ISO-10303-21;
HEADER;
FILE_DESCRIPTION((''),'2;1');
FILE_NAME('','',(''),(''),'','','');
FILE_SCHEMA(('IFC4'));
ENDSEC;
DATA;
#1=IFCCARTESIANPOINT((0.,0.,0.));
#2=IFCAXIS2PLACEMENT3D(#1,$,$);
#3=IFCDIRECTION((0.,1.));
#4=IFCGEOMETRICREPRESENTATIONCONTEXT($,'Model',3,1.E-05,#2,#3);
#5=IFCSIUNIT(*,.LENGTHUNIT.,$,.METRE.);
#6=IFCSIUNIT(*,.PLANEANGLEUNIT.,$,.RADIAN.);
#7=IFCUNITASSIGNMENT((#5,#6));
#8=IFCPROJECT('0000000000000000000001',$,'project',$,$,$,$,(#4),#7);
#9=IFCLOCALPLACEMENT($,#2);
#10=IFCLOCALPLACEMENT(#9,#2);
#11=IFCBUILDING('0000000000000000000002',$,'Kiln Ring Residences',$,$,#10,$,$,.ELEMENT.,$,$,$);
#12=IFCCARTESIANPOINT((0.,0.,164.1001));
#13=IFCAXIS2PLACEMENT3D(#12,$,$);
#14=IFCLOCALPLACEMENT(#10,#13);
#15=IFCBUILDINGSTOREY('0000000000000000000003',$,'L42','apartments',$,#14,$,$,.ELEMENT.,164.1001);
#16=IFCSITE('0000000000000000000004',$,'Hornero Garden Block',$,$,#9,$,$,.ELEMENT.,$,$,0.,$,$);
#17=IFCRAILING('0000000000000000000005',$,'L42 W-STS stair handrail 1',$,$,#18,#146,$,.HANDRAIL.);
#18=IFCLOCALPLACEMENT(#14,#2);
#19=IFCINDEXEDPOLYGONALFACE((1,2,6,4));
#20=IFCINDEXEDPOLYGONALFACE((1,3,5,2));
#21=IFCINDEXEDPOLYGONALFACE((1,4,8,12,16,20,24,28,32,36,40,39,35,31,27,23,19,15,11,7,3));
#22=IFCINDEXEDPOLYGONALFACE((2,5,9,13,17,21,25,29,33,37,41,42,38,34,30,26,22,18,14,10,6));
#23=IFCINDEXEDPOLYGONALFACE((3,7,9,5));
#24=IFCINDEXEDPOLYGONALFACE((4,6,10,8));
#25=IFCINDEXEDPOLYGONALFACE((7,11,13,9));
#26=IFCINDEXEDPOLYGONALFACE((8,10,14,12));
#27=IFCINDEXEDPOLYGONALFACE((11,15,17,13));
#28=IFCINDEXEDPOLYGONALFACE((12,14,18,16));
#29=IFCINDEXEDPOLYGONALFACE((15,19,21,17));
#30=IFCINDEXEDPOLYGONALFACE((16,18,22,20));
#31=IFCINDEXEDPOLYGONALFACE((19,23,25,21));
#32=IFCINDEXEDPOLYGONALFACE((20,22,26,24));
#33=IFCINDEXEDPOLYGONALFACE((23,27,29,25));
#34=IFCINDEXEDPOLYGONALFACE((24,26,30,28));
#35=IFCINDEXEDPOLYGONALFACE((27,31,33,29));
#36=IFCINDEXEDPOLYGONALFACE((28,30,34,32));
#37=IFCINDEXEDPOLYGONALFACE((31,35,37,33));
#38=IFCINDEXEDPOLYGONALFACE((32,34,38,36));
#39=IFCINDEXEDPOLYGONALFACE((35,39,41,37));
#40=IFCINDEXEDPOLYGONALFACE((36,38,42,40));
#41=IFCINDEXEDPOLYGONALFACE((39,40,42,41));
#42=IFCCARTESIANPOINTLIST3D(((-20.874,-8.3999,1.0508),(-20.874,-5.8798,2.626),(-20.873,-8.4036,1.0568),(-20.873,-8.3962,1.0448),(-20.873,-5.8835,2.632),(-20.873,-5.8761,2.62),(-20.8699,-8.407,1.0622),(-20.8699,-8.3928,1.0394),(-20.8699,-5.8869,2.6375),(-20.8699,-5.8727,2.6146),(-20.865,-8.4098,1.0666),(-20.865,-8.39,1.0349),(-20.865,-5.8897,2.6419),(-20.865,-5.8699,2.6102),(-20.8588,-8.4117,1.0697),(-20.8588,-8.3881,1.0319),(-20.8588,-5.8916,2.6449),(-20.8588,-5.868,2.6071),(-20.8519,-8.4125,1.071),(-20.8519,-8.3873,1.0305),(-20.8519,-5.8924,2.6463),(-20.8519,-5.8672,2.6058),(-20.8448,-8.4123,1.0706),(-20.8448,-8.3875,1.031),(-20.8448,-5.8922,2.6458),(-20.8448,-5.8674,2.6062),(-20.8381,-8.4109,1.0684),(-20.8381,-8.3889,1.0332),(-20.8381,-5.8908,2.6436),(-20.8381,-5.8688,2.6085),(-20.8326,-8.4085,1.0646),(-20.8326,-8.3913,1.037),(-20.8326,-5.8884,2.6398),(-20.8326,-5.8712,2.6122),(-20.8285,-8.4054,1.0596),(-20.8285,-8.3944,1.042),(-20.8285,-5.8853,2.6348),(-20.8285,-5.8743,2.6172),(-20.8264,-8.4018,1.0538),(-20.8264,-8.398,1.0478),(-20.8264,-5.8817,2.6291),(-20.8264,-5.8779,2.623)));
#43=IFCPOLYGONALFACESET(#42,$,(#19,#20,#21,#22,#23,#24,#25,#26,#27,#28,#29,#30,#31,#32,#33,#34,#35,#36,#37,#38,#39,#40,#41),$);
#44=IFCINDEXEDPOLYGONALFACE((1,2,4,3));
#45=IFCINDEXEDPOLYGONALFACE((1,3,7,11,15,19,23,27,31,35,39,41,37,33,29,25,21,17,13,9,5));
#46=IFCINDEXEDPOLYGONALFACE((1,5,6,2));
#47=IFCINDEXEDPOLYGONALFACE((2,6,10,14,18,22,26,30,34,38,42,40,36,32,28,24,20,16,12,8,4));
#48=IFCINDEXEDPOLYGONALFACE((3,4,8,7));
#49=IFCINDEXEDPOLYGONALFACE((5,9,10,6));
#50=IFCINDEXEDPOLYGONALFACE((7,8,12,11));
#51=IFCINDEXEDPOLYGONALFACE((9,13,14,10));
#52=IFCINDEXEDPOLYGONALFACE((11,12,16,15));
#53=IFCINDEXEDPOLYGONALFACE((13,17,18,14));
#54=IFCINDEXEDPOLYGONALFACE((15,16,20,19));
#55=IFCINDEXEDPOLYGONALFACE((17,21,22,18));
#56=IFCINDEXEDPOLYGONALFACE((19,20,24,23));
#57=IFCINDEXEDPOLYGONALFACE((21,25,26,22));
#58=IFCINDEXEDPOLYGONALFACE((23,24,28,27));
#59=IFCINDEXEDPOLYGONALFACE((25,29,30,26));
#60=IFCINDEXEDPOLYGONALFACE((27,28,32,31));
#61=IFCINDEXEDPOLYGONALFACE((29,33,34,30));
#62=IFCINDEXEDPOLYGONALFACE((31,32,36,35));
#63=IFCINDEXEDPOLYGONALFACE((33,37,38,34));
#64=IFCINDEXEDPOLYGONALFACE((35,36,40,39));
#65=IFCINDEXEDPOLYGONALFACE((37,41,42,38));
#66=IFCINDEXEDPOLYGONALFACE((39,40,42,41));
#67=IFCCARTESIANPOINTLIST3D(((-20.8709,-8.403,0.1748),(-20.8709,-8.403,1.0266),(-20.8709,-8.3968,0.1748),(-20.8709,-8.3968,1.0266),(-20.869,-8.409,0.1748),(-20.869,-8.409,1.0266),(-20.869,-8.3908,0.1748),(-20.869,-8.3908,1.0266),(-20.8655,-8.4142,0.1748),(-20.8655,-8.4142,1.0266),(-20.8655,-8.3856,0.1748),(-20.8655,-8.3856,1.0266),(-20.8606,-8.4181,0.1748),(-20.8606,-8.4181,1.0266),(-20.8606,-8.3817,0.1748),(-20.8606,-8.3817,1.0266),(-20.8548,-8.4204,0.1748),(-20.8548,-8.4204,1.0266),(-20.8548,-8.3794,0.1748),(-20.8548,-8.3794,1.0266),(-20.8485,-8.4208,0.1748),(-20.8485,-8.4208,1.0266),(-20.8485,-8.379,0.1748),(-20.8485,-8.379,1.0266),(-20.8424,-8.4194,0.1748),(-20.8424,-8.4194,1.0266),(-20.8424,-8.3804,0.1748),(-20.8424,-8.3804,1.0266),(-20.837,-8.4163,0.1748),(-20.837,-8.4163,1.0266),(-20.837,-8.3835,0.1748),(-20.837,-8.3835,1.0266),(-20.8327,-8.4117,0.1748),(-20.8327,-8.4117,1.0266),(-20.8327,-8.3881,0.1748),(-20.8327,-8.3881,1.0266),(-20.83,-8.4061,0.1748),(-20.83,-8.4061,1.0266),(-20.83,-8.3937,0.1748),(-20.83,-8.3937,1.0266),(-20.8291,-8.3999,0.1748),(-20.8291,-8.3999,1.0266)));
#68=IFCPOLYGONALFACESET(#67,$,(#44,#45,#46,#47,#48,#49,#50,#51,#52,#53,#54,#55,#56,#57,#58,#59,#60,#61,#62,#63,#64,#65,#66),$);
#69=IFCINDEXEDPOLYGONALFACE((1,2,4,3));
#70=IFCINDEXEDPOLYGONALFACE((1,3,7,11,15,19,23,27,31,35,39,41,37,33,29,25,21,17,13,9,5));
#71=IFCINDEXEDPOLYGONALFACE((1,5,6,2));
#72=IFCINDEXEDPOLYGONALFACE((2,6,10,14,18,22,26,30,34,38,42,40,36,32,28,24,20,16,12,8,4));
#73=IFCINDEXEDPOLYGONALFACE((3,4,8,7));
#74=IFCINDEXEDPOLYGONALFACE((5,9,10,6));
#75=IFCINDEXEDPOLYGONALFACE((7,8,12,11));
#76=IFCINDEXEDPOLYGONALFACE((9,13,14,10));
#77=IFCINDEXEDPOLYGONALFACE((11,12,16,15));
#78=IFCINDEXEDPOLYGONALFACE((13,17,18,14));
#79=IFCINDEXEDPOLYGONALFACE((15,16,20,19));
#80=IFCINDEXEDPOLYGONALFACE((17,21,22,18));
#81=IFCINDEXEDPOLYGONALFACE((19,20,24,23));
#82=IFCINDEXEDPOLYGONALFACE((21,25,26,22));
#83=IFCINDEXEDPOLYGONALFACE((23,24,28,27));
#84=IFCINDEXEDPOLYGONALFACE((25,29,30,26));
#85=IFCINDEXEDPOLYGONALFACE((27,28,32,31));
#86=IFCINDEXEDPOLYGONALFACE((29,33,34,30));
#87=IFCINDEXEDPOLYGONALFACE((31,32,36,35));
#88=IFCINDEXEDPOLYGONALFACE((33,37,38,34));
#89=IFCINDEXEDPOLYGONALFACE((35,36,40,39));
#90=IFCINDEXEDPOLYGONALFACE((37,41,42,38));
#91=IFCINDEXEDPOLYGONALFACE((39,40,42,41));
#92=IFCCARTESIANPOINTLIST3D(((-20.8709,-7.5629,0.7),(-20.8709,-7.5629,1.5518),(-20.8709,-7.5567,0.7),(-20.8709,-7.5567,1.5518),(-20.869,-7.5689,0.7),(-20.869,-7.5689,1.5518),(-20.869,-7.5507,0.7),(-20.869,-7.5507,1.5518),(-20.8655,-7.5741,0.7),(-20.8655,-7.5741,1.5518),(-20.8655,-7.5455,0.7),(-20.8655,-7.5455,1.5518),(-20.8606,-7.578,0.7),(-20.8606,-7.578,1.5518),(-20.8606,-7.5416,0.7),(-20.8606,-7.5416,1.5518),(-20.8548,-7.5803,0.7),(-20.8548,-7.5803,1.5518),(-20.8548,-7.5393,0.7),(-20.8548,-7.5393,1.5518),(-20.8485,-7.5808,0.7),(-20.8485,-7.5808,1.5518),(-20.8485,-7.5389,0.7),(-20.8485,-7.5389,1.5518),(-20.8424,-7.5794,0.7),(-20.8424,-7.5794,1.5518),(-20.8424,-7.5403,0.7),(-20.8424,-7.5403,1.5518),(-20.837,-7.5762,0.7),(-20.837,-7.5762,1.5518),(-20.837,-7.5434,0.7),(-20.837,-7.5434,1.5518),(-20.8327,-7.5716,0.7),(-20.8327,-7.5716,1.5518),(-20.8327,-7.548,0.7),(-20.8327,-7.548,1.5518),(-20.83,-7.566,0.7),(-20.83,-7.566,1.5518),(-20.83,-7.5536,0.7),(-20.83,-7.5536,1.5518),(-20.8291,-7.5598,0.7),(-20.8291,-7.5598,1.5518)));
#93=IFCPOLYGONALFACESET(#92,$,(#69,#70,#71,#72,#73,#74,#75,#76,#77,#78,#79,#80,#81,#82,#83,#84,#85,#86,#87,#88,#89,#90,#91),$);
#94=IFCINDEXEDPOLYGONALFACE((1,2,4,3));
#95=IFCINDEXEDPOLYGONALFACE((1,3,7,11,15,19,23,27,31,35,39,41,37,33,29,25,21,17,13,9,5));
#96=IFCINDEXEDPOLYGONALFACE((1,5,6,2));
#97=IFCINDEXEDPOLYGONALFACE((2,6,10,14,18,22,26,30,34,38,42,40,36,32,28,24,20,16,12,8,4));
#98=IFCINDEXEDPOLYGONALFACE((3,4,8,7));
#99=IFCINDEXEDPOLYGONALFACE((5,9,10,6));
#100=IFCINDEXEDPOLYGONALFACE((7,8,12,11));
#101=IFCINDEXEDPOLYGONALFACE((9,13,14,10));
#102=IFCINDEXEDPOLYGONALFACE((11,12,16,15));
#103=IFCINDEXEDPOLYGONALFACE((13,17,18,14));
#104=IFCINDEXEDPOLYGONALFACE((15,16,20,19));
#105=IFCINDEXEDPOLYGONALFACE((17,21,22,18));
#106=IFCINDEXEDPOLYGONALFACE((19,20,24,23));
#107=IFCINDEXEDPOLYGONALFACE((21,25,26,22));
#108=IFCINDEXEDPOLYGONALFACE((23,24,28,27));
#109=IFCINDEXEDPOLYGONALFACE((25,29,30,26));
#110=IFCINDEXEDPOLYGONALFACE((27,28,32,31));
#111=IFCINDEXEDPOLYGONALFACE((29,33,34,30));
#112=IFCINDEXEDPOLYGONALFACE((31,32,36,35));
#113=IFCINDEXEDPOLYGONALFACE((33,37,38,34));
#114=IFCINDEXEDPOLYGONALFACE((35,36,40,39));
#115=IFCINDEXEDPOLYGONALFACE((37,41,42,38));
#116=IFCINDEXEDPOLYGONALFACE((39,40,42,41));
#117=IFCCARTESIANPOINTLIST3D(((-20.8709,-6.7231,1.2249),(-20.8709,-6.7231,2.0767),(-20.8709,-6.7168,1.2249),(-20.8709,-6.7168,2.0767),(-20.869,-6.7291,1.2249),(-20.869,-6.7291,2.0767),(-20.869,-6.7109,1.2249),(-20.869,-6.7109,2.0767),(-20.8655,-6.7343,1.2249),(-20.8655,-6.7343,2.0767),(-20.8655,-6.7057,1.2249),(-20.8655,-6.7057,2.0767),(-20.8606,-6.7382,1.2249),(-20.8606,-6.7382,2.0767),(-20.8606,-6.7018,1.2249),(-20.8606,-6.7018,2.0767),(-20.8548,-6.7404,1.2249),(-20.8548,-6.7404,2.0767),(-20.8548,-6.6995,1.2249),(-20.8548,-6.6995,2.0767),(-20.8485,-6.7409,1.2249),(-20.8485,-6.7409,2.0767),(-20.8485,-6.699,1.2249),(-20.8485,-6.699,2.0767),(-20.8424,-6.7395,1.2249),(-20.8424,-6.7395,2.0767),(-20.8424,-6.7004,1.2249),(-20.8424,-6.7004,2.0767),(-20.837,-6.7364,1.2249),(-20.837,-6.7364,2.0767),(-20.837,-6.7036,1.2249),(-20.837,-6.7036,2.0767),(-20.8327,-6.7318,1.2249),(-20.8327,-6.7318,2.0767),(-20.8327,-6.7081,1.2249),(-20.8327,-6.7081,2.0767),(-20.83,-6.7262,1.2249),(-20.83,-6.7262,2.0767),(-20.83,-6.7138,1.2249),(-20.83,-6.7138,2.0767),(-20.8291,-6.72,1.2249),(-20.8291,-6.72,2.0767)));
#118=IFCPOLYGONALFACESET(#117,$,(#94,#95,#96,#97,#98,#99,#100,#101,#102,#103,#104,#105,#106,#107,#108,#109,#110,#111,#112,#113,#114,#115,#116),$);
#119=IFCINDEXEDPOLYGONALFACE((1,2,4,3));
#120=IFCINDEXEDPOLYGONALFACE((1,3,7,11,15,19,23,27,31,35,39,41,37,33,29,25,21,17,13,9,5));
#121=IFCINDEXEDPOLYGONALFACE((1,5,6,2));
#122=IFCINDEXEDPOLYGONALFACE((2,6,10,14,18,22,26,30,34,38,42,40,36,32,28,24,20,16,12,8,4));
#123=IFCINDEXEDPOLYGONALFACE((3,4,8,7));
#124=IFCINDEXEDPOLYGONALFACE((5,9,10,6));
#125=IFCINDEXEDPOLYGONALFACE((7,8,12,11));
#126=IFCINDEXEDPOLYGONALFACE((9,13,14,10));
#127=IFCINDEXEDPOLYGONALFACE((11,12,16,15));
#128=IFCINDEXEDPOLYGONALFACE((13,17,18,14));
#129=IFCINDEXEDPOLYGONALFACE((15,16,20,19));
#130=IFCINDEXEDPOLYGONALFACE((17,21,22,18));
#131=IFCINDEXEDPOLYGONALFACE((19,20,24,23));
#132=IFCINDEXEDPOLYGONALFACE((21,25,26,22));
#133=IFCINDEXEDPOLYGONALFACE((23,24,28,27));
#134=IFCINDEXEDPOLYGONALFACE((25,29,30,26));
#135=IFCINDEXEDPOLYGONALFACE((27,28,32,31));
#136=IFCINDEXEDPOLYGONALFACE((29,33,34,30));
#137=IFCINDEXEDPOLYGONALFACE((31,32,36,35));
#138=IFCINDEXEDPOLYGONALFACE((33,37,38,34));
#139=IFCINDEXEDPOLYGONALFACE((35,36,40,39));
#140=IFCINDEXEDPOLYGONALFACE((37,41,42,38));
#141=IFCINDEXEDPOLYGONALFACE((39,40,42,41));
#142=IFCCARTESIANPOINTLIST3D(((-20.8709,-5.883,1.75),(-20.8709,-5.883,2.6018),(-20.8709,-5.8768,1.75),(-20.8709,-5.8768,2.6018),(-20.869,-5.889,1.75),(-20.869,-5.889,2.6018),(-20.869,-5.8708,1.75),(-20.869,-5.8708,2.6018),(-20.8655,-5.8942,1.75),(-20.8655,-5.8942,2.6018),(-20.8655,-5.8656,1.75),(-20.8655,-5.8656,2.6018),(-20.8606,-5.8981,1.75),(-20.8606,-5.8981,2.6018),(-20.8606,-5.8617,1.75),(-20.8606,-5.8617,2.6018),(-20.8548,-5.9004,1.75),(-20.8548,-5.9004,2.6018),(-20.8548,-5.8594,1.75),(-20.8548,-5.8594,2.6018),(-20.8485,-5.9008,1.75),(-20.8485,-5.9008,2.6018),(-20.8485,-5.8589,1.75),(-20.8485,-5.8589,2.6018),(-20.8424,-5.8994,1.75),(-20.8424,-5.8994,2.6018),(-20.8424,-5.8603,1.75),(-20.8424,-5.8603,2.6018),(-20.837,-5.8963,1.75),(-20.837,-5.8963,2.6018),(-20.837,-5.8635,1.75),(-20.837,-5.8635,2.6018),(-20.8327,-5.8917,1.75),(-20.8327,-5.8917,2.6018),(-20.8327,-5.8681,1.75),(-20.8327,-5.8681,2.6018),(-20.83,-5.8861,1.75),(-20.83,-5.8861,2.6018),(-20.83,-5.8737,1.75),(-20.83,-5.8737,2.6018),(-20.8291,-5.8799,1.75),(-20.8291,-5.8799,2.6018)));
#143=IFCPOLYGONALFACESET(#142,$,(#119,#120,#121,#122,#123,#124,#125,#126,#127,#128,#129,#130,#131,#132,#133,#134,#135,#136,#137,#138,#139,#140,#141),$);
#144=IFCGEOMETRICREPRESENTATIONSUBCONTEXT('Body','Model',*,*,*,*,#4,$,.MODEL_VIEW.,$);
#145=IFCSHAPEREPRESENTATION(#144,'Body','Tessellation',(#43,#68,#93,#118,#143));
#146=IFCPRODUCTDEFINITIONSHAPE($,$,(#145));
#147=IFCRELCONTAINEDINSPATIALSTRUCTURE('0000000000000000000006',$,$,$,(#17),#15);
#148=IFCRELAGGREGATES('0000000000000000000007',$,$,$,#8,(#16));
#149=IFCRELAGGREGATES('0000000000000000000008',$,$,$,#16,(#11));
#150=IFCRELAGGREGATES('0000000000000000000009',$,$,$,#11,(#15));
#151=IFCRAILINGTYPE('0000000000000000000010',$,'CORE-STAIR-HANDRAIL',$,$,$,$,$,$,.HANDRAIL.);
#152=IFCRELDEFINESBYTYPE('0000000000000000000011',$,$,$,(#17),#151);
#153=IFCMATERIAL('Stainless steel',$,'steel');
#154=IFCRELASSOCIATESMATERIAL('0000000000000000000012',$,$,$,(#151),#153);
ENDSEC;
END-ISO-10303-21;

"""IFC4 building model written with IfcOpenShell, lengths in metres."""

from ifc_helpers import new_model, si_unit, direction, frame, origin, origin_2d, place, context, subcontext, project, spatial, circle, extrude, material, type_object, element, save


model = new_model("IFC4")

# Units and contexts
model_context = context("Model", 3, precision=1e-05, world=origin(), true_north=direction((0.0, 1.0)))
body_context = subcontext(model_context, "Body", "Model", "MODEL_VIEW")
ifc_project = project(units=[si_unit("LENGTHUNIT", "METRE"), si_unit("PLANEANGLEUNIT", "RADIAN")], contexts=[model_context])

# Site, building, storey
site_placement = place(None, origin())
site = spatial("IfcSite", under=ifc_project, at=site_placement, Name="Hornero Garden Block", CompositionType="ELEMENT", RefElevation=0.0)
building_placement = place(site_placement, origin())
building = spatial("IfcBuilding", under=site, at=building_placement, Name="Kiln Ring Residences", CompositionType="ELEMENT")
storey_placement = place(building_placement, frame((0.0, 0.0, 164.1001)))
storey = spatial("IfcBuildingStorey", under=building, at=storey_placement, Name="L42", Description="apartments", CompositionType="ELEMENT", Elevation=164.1001)

# Railing
ifc_material_1 = material(Name="Stainless steel", Category="steel")
railing_type_1 = type_object("IfcRailingType", Name="CORE-STAIR-HANDRAIL", PredefinedType="HANDRAIL", material=ifc_material_1)
railing_1_placement = place(storey_placement, frame((-20.8501, -8.3999, 0.1748)))
element("IfcRailing", 1, at=railing_1_placement, inside=storey, type_object=railing_type_1, Name="L42 W-STS stair handrail 1", PredefinedType="HANDRAIL", context=body_context, shape_type="SweptSolid", body=[
    extrude(circle(Radius=0.0239, at=origin_2d()), frame((0.0, 0.0, 0.876), z_axis=(0.0, 0.847971, 0.530043), x_axis=(-1.0, 0.0, 0.0)), (0.0, 0.0, 1.0), 2.9719),
    extrude(circle(Radius=0.021, at=origin_2d()), origin(), (0.0, 0.0, 1.0), 0.8518),
    extrude(circle(Radius=0.021, at=origin_2d()), frame((0.0, 0.8401, 0.5251)), (0.0, 0.0, 1.0), 0.8518),
    extrude(circle(Radius=0.021, at=origin_2d()), frame((0.0, 1.6799, 1.05)), (0.0, 0.0, 1.0), 0.8518),
    extrude(circle(Radius=0.021, at=origin_2d()), frame((0.0, 2.52, 1.5752)), (0.0, 0.0, 1.0), 0.8518),
])

save(model, "model.ifc")
